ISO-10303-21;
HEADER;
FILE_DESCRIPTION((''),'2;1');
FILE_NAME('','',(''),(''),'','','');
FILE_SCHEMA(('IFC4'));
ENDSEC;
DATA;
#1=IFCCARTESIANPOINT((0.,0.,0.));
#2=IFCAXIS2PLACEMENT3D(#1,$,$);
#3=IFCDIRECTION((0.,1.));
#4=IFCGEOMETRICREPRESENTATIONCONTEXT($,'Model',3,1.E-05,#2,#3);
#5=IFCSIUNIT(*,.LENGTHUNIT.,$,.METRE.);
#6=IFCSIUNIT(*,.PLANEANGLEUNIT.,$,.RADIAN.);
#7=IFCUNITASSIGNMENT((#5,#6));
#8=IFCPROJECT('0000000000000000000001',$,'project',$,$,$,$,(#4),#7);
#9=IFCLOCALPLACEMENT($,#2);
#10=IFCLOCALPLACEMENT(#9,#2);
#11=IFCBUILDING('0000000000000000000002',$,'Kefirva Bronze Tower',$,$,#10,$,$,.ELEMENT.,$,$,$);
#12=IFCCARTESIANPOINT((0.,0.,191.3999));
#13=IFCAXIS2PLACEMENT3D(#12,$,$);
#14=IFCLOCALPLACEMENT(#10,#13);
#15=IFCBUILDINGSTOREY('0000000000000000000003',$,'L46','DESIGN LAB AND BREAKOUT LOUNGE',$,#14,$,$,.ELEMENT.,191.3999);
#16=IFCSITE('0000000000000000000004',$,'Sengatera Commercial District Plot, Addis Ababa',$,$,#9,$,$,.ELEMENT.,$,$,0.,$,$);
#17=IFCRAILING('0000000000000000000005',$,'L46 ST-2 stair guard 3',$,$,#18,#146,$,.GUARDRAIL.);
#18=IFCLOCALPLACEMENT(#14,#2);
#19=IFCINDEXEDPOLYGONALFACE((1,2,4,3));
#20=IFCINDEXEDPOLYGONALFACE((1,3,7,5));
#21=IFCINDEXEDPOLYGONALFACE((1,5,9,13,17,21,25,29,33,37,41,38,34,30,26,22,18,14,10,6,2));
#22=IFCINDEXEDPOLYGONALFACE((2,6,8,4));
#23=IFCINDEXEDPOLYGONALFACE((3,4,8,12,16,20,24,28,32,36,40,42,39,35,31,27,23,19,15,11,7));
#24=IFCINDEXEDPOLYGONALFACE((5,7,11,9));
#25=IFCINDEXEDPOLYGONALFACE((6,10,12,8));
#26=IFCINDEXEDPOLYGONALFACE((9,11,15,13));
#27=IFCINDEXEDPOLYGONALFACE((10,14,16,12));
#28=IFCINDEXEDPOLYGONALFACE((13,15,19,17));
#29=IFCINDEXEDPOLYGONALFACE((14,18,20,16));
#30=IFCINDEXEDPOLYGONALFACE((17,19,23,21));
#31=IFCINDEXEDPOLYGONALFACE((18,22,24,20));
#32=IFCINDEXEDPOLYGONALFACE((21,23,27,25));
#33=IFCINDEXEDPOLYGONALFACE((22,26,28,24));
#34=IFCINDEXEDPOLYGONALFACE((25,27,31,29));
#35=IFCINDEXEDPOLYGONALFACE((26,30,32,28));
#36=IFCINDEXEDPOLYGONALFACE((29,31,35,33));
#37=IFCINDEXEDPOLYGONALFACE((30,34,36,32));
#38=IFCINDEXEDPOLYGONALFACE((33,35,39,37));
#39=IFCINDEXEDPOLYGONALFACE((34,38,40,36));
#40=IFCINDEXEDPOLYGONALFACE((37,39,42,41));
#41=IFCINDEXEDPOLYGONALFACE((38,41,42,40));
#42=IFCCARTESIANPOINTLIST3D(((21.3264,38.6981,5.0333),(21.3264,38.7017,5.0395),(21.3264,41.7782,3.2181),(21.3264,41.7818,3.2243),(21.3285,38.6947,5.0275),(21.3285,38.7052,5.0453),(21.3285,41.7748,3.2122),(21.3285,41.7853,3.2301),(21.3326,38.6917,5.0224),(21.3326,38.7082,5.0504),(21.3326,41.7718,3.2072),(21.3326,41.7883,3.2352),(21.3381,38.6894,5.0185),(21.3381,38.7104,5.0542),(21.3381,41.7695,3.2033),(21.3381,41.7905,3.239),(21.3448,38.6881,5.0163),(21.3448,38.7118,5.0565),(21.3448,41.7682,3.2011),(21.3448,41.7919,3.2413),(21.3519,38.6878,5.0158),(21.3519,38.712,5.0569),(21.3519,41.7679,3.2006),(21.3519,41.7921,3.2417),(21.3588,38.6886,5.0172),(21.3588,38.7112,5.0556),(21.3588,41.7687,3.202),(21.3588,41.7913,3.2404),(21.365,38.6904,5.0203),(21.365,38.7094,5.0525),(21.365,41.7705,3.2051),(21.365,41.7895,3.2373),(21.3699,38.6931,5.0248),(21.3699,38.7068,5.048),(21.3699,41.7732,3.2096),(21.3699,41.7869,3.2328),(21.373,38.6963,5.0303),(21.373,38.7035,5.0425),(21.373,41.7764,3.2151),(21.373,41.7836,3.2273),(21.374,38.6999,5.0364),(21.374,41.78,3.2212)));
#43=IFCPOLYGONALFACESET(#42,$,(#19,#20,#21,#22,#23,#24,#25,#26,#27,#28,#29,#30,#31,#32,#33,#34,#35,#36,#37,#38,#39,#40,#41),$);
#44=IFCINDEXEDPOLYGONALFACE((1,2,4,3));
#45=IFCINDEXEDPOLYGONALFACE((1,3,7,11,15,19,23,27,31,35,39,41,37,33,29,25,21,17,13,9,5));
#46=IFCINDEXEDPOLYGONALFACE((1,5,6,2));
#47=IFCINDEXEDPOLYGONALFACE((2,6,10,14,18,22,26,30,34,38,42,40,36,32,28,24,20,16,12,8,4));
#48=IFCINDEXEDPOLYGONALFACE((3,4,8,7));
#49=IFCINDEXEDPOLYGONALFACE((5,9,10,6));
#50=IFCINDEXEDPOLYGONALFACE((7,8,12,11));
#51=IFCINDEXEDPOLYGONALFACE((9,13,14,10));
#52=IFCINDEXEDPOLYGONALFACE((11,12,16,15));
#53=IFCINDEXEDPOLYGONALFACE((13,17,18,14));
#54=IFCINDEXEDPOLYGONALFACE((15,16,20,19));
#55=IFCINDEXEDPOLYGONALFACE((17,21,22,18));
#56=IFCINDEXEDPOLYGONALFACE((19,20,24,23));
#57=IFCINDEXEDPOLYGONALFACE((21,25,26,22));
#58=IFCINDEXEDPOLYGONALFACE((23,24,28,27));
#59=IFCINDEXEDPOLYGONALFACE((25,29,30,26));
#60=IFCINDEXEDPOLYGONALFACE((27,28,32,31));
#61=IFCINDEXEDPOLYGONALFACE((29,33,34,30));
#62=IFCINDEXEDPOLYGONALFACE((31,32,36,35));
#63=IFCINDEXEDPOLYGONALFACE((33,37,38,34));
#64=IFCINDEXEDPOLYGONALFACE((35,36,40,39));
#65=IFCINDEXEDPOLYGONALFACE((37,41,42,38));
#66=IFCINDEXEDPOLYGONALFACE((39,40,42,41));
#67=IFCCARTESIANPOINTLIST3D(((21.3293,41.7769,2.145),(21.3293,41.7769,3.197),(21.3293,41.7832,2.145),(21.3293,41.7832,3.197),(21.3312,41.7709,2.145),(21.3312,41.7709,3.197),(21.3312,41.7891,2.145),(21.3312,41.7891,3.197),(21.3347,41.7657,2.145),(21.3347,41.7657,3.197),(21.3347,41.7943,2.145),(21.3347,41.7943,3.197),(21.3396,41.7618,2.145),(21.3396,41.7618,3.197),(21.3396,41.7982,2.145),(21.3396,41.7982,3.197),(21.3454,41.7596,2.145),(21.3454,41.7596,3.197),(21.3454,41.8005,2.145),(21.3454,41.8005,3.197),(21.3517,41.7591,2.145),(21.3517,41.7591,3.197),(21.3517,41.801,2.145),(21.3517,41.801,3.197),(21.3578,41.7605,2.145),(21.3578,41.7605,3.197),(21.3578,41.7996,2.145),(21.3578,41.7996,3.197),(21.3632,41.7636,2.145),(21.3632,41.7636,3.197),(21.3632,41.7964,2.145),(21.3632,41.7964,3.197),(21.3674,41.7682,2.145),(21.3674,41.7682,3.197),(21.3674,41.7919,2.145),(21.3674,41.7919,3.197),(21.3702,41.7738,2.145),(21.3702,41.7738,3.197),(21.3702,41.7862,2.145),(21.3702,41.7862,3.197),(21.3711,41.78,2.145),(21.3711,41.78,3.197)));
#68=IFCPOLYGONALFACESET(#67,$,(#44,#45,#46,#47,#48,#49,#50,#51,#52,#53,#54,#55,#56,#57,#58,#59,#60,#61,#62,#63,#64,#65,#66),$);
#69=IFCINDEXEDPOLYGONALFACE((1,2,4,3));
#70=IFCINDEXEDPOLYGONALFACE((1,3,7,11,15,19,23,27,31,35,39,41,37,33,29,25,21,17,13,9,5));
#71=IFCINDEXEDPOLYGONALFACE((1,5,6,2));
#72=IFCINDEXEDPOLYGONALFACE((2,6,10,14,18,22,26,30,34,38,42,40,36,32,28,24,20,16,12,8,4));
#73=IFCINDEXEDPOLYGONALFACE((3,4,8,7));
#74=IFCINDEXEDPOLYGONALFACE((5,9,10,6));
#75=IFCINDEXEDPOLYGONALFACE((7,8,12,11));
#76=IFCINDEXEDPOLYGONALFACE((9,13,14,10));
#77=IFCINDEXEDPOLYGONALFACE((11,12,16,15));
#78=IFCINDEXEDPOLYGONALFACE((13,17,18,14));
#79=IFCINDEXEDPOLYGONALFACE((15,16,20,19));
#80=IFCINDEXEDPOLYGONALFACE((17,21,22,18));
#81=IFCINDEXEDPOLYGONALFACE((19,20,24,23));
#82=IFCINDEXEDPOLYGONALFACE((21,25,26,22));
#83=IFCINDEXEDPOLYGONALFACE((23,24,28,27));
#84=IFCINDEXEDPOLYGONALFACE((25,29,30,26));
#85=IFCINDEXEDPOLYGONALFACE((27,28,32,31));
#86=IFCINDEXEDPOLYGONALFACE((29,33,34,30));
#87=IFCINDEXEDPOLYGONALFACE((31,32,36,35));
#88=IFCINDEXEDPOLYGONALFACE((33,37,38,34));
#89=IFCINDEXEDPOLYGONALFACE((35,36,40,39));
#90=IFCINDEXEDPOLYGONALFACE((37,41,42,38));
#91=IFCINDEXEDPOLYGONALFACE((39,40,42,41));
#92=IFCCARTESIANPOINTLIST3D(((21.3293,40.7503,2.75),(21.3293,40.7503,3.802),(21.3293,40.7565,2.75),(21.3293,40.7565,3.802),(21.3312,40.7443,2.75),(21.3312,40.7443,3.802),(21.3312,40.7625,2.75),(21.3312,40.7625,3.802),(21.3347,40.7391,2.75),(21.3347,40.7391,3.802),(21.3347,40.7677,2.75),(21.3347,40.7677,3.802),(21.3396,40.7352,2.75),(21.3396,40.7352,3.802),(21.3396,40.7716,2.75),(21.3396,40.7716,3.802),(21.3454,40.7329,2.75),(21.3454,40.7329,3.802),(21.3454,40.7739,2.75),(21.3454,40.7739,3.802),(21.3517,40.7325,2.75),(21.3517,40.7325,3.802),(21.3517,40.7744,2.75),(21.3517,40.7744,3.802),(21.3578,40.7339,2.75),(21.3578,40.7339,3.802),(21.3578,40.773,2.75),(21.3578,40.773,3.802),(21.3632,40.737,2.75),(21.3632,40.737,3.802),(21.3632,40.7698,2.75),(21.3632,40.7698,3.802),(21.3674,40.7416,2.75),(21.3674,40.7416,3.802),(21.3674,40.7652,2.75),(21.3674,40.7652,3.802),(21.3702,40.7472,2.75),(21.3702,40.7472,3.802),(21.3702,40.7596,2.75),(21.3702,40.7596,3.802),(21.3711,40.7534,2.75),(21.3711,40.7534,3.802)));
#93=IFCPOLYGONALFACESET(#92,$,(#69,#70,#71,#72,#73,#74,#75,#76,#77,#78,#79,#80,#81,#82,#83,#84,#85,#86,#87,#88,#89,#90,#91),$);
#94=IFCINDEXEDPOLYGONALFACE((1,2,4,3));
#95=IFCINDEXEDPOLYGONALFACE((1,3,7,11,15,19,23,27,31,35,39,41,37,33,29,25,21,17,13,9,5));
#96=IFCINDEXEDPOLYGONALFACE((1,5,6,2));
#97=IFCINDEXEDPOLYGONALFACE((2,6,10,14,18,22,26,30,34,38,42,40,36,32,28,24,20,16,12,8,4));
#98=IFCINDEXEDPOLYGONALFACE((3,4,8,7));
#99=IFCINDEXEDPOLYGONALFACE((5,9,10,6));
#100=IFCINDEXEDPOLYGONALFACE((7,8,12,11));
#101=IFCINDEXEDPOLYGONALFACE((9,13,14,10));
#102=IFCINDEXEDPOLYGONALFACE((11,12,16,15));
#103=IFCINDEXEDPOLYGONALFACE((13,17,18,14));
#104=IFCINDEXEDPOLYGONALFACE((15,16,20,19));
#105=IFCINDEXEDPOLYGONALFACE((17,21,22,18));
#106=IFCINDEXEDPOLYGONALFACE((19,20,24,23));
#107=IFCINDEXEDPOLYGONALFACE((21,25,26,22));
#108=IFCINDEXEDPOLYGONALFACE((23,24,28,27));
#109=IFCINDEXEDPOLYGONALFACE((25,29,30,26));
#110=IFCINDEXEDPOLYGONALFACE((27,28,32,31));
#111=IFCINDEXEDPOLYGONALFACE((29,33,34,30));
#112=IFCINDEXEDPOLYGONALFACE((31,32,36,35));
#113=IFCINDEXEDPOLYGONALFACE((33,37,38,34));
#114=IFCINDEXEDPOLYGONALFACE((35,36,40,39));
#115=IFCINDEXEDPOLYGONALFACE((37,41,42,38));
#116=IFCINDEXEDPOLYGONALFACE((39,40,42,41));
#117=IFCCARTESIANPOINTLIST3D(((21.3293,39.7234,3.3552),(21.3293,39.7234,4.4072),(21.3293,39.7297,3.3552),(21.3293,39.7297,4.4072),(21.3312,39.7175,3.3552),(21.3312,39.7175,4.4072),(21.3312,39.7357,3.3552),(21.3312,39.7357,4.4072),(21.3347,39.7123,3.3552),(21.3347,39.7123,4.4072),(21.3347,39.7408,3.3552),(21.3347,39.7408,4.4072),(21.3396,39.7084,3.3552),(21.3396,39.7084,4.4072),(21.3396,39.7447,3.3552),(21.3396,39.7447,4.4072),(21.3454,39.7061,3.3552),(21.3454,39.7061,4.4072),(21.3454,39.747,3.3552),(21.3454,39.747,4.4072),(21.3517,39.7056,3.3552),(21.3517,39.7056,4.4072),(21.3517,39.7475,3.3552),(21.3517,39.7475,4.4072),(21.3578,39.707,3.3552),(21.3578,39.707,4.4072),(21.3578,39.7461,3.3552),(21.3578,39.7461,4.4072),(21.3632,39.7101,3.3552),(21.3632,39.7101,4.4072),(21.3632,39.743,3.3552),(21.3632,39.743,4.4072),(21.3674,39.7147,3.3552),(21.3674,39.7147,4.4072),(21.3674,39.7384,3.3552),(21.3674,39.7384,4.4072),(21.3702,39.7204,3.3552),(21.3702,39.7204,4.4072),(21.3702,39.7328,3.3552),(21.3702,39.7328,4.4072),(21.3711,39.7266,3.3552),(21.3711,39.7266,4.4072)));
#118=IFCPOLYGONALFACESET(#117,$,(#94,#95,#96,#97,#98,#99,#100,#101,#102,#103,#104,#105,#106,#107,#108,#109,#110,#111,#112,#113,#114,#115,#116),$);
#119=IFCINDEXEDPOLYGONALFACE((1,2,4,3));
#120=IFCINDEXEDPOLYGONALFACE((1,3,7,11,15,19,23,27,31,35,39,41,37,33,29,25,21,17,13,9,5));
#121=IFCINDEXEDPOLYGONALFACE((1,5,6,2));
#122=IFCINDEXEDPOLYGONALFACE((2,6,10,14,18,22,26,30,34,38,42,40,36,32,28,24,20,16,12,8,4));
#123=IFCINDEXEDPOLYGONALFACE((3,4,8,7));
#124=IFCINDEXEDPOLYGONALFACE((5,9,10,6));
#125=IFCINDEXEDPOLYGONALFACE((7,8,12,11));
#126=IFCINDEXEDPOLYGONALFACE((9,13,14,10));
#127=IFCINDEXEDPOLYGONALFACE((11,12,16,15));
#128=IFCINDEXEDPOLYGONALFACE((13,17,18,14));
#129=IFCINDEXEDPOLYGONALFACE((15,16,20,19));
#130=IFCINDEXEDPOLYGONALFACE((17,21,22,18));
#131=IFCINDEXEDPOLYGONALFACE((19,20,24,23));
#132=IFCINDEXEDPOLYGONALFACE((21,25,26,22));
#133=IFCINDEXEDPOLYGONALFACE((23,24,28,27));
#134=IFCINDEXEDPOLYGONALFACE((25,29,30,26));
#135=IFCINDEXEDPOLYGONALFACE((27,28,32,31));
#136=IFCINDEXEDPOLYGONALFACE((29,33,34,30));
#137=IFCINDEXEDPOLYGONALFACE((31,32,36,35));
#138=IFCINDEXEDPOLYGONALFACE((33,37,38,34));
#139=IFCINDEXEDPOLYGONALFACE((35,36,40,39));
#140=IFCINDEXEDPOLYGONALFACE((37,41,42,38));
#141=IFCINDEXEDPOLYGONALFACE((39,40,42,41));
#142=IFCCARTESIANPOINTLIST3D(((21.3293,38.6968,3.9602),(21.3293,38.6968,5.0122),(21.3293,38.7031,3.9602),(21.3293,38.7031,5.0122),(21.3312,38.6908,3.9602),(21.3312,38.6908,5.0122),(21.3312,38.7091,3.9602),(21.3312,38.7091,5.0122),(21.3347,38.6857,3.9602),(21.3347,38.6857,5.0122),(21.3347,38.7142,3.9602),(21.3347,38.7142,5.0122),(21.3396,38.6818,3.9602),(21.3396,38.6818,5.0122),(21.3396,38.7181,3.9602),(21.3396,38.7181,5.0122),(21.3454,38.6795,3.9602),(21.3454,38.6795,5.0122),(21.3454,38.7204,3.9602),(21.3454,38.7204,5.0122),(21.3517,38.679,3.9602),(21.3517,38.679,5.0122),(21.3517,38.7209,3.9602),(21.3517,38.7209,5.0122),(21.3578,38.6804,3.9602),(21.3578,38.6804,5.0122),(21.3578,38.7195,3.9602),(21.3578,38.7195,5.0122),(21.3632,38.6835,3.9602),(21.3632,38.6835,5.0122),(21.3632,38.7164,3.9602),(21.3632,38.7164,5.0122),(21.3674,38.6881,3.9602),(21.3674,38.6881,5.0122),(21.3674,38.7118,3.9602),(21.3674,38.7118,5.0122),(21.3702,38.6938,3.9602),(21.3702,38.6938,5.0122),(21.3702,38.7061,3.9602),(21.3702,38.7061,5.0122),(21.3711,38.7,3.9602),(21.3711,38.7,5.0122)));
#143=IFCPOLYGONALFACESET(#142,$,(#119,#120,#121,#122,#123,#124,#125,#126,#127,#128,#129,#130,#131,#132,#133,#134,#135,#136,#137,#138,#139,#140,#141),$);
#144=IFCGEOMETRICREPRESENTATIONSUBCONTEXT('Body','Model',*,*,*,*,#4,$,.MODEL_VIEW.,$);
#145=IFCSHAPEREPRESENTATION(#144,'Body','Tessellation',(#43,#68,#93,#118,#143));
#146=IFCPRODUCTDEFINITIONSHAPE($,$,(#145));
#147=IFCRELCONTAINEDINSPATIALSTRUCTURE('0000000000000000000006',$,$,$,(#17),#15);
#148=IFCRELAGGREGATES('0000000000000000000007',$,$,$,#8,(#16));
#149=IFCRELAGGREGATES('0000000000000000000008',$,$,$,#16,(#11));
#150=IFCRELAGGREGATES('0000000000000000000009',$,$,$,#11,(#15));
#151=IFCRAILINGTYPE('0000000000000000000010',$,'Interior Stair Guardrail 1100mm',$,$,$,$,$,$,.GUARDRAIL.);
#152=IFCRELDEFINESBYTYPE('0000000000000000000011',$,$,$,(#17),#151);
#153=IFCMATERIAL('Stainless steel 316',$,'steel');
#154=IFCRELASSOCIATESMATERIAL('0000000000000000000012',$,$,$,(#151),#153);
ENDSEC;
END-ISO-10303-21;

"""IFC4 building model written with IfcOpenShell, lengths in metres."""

from ifc_helpers import new_model, si_unit, direction, frame, origin, origin_2d, place, context, subcontext, project, spatial, circle, extrude, material, type_object, element, save


model = new_model("IFC4")

# Units and contexts
model_context = context("Model", 3, precision=1e-05, world=origin(), true_north=direction((0.0, 1.0)))
body_context = subcontext(model_context, "Body", "Model", "MODEL_VIEW")
ifc_project = project(units=[si_unit("LENGTHUNIT", "METRE"), si_unit("PLANEANGLEUNIT", "RADIAN")], contexts=[model_context])

# Site, building, storey
site_placement = place(None, origin())
site = spatial("IfcSite", under=ifc_project, at=site_placement, Name="Sengatera Commercial District Plot, Addis Ababa", CompositionType="ELEMENT", RefElevation=0.0)
building_placement = place(site_placement, origin())
building = spatial("IfcBuilding", under=site, at=building_placement, Name="Kefirva Bronze Tower", CompositionType="ELEMENT")
storey_placement = place(building_placement, frame((0.0, 0.0, 191.3999)))
storey = spatial("IfcBuildingStorey", under=building, at=storey_placement, Name="L46", Description="DESIGN LAB AND BREAKOUT LOUNGE", CompositionType="ELEMENT", Elevation=191.3999)

# Railing
ifc_material_1 = material(Name="Stainless steel 316", Category="steel")
railing_type_1 = type_object("IfcRailingType", Name="Interior Stair Guardrail 1100mm", PredefinedType="GUARDRAIL", material=ifc_material_1)
railing_1_placement = place(storey_placement, frame((21.3501, 41.78, 2.145)))
element("IfcRailing", 1, at=railing_1_placement, inside=storey, type_object=railing_type_1, Name="L46 ST-2 stair guard 3", PredefinedType="GUARDRAIL", context=body_context, shape_type="SweptSolid", body=[
    extrude(circle(Radius=0.0239, at=origin_2d()), frame((0.0, 0.0, 1.0762), z_axis=(0.0, -0.861521, 0.507721), x_axis=(1.0, 0.0, 0.0)), (0.0, 0.0, 1.0), 3.5752),
    extrude(circle(Radius=0.021, at=origin_2d()), origin(), (0.0, 0.0, 1.0), 1.052),
    extrude(circle(Radius=0.021, at=origin_2d()), frame((0.0, -1.0266, 0.605)), (0.0, 0.0, 1.0), 1.052),
    extrude(circle(Radius=0.021, at=origin_2d()), frame((0.0, -2.0535, 1.2102)), (0.0, 0.0, 1.0), 1.052),
    extrude(circle(Radius=0.021, at=origin_2d()), frame((0.0, -3.0801, 1.8152)), (0.0, 0.0, 1.0), 1.052),
])

save(model, "model.ifc")
